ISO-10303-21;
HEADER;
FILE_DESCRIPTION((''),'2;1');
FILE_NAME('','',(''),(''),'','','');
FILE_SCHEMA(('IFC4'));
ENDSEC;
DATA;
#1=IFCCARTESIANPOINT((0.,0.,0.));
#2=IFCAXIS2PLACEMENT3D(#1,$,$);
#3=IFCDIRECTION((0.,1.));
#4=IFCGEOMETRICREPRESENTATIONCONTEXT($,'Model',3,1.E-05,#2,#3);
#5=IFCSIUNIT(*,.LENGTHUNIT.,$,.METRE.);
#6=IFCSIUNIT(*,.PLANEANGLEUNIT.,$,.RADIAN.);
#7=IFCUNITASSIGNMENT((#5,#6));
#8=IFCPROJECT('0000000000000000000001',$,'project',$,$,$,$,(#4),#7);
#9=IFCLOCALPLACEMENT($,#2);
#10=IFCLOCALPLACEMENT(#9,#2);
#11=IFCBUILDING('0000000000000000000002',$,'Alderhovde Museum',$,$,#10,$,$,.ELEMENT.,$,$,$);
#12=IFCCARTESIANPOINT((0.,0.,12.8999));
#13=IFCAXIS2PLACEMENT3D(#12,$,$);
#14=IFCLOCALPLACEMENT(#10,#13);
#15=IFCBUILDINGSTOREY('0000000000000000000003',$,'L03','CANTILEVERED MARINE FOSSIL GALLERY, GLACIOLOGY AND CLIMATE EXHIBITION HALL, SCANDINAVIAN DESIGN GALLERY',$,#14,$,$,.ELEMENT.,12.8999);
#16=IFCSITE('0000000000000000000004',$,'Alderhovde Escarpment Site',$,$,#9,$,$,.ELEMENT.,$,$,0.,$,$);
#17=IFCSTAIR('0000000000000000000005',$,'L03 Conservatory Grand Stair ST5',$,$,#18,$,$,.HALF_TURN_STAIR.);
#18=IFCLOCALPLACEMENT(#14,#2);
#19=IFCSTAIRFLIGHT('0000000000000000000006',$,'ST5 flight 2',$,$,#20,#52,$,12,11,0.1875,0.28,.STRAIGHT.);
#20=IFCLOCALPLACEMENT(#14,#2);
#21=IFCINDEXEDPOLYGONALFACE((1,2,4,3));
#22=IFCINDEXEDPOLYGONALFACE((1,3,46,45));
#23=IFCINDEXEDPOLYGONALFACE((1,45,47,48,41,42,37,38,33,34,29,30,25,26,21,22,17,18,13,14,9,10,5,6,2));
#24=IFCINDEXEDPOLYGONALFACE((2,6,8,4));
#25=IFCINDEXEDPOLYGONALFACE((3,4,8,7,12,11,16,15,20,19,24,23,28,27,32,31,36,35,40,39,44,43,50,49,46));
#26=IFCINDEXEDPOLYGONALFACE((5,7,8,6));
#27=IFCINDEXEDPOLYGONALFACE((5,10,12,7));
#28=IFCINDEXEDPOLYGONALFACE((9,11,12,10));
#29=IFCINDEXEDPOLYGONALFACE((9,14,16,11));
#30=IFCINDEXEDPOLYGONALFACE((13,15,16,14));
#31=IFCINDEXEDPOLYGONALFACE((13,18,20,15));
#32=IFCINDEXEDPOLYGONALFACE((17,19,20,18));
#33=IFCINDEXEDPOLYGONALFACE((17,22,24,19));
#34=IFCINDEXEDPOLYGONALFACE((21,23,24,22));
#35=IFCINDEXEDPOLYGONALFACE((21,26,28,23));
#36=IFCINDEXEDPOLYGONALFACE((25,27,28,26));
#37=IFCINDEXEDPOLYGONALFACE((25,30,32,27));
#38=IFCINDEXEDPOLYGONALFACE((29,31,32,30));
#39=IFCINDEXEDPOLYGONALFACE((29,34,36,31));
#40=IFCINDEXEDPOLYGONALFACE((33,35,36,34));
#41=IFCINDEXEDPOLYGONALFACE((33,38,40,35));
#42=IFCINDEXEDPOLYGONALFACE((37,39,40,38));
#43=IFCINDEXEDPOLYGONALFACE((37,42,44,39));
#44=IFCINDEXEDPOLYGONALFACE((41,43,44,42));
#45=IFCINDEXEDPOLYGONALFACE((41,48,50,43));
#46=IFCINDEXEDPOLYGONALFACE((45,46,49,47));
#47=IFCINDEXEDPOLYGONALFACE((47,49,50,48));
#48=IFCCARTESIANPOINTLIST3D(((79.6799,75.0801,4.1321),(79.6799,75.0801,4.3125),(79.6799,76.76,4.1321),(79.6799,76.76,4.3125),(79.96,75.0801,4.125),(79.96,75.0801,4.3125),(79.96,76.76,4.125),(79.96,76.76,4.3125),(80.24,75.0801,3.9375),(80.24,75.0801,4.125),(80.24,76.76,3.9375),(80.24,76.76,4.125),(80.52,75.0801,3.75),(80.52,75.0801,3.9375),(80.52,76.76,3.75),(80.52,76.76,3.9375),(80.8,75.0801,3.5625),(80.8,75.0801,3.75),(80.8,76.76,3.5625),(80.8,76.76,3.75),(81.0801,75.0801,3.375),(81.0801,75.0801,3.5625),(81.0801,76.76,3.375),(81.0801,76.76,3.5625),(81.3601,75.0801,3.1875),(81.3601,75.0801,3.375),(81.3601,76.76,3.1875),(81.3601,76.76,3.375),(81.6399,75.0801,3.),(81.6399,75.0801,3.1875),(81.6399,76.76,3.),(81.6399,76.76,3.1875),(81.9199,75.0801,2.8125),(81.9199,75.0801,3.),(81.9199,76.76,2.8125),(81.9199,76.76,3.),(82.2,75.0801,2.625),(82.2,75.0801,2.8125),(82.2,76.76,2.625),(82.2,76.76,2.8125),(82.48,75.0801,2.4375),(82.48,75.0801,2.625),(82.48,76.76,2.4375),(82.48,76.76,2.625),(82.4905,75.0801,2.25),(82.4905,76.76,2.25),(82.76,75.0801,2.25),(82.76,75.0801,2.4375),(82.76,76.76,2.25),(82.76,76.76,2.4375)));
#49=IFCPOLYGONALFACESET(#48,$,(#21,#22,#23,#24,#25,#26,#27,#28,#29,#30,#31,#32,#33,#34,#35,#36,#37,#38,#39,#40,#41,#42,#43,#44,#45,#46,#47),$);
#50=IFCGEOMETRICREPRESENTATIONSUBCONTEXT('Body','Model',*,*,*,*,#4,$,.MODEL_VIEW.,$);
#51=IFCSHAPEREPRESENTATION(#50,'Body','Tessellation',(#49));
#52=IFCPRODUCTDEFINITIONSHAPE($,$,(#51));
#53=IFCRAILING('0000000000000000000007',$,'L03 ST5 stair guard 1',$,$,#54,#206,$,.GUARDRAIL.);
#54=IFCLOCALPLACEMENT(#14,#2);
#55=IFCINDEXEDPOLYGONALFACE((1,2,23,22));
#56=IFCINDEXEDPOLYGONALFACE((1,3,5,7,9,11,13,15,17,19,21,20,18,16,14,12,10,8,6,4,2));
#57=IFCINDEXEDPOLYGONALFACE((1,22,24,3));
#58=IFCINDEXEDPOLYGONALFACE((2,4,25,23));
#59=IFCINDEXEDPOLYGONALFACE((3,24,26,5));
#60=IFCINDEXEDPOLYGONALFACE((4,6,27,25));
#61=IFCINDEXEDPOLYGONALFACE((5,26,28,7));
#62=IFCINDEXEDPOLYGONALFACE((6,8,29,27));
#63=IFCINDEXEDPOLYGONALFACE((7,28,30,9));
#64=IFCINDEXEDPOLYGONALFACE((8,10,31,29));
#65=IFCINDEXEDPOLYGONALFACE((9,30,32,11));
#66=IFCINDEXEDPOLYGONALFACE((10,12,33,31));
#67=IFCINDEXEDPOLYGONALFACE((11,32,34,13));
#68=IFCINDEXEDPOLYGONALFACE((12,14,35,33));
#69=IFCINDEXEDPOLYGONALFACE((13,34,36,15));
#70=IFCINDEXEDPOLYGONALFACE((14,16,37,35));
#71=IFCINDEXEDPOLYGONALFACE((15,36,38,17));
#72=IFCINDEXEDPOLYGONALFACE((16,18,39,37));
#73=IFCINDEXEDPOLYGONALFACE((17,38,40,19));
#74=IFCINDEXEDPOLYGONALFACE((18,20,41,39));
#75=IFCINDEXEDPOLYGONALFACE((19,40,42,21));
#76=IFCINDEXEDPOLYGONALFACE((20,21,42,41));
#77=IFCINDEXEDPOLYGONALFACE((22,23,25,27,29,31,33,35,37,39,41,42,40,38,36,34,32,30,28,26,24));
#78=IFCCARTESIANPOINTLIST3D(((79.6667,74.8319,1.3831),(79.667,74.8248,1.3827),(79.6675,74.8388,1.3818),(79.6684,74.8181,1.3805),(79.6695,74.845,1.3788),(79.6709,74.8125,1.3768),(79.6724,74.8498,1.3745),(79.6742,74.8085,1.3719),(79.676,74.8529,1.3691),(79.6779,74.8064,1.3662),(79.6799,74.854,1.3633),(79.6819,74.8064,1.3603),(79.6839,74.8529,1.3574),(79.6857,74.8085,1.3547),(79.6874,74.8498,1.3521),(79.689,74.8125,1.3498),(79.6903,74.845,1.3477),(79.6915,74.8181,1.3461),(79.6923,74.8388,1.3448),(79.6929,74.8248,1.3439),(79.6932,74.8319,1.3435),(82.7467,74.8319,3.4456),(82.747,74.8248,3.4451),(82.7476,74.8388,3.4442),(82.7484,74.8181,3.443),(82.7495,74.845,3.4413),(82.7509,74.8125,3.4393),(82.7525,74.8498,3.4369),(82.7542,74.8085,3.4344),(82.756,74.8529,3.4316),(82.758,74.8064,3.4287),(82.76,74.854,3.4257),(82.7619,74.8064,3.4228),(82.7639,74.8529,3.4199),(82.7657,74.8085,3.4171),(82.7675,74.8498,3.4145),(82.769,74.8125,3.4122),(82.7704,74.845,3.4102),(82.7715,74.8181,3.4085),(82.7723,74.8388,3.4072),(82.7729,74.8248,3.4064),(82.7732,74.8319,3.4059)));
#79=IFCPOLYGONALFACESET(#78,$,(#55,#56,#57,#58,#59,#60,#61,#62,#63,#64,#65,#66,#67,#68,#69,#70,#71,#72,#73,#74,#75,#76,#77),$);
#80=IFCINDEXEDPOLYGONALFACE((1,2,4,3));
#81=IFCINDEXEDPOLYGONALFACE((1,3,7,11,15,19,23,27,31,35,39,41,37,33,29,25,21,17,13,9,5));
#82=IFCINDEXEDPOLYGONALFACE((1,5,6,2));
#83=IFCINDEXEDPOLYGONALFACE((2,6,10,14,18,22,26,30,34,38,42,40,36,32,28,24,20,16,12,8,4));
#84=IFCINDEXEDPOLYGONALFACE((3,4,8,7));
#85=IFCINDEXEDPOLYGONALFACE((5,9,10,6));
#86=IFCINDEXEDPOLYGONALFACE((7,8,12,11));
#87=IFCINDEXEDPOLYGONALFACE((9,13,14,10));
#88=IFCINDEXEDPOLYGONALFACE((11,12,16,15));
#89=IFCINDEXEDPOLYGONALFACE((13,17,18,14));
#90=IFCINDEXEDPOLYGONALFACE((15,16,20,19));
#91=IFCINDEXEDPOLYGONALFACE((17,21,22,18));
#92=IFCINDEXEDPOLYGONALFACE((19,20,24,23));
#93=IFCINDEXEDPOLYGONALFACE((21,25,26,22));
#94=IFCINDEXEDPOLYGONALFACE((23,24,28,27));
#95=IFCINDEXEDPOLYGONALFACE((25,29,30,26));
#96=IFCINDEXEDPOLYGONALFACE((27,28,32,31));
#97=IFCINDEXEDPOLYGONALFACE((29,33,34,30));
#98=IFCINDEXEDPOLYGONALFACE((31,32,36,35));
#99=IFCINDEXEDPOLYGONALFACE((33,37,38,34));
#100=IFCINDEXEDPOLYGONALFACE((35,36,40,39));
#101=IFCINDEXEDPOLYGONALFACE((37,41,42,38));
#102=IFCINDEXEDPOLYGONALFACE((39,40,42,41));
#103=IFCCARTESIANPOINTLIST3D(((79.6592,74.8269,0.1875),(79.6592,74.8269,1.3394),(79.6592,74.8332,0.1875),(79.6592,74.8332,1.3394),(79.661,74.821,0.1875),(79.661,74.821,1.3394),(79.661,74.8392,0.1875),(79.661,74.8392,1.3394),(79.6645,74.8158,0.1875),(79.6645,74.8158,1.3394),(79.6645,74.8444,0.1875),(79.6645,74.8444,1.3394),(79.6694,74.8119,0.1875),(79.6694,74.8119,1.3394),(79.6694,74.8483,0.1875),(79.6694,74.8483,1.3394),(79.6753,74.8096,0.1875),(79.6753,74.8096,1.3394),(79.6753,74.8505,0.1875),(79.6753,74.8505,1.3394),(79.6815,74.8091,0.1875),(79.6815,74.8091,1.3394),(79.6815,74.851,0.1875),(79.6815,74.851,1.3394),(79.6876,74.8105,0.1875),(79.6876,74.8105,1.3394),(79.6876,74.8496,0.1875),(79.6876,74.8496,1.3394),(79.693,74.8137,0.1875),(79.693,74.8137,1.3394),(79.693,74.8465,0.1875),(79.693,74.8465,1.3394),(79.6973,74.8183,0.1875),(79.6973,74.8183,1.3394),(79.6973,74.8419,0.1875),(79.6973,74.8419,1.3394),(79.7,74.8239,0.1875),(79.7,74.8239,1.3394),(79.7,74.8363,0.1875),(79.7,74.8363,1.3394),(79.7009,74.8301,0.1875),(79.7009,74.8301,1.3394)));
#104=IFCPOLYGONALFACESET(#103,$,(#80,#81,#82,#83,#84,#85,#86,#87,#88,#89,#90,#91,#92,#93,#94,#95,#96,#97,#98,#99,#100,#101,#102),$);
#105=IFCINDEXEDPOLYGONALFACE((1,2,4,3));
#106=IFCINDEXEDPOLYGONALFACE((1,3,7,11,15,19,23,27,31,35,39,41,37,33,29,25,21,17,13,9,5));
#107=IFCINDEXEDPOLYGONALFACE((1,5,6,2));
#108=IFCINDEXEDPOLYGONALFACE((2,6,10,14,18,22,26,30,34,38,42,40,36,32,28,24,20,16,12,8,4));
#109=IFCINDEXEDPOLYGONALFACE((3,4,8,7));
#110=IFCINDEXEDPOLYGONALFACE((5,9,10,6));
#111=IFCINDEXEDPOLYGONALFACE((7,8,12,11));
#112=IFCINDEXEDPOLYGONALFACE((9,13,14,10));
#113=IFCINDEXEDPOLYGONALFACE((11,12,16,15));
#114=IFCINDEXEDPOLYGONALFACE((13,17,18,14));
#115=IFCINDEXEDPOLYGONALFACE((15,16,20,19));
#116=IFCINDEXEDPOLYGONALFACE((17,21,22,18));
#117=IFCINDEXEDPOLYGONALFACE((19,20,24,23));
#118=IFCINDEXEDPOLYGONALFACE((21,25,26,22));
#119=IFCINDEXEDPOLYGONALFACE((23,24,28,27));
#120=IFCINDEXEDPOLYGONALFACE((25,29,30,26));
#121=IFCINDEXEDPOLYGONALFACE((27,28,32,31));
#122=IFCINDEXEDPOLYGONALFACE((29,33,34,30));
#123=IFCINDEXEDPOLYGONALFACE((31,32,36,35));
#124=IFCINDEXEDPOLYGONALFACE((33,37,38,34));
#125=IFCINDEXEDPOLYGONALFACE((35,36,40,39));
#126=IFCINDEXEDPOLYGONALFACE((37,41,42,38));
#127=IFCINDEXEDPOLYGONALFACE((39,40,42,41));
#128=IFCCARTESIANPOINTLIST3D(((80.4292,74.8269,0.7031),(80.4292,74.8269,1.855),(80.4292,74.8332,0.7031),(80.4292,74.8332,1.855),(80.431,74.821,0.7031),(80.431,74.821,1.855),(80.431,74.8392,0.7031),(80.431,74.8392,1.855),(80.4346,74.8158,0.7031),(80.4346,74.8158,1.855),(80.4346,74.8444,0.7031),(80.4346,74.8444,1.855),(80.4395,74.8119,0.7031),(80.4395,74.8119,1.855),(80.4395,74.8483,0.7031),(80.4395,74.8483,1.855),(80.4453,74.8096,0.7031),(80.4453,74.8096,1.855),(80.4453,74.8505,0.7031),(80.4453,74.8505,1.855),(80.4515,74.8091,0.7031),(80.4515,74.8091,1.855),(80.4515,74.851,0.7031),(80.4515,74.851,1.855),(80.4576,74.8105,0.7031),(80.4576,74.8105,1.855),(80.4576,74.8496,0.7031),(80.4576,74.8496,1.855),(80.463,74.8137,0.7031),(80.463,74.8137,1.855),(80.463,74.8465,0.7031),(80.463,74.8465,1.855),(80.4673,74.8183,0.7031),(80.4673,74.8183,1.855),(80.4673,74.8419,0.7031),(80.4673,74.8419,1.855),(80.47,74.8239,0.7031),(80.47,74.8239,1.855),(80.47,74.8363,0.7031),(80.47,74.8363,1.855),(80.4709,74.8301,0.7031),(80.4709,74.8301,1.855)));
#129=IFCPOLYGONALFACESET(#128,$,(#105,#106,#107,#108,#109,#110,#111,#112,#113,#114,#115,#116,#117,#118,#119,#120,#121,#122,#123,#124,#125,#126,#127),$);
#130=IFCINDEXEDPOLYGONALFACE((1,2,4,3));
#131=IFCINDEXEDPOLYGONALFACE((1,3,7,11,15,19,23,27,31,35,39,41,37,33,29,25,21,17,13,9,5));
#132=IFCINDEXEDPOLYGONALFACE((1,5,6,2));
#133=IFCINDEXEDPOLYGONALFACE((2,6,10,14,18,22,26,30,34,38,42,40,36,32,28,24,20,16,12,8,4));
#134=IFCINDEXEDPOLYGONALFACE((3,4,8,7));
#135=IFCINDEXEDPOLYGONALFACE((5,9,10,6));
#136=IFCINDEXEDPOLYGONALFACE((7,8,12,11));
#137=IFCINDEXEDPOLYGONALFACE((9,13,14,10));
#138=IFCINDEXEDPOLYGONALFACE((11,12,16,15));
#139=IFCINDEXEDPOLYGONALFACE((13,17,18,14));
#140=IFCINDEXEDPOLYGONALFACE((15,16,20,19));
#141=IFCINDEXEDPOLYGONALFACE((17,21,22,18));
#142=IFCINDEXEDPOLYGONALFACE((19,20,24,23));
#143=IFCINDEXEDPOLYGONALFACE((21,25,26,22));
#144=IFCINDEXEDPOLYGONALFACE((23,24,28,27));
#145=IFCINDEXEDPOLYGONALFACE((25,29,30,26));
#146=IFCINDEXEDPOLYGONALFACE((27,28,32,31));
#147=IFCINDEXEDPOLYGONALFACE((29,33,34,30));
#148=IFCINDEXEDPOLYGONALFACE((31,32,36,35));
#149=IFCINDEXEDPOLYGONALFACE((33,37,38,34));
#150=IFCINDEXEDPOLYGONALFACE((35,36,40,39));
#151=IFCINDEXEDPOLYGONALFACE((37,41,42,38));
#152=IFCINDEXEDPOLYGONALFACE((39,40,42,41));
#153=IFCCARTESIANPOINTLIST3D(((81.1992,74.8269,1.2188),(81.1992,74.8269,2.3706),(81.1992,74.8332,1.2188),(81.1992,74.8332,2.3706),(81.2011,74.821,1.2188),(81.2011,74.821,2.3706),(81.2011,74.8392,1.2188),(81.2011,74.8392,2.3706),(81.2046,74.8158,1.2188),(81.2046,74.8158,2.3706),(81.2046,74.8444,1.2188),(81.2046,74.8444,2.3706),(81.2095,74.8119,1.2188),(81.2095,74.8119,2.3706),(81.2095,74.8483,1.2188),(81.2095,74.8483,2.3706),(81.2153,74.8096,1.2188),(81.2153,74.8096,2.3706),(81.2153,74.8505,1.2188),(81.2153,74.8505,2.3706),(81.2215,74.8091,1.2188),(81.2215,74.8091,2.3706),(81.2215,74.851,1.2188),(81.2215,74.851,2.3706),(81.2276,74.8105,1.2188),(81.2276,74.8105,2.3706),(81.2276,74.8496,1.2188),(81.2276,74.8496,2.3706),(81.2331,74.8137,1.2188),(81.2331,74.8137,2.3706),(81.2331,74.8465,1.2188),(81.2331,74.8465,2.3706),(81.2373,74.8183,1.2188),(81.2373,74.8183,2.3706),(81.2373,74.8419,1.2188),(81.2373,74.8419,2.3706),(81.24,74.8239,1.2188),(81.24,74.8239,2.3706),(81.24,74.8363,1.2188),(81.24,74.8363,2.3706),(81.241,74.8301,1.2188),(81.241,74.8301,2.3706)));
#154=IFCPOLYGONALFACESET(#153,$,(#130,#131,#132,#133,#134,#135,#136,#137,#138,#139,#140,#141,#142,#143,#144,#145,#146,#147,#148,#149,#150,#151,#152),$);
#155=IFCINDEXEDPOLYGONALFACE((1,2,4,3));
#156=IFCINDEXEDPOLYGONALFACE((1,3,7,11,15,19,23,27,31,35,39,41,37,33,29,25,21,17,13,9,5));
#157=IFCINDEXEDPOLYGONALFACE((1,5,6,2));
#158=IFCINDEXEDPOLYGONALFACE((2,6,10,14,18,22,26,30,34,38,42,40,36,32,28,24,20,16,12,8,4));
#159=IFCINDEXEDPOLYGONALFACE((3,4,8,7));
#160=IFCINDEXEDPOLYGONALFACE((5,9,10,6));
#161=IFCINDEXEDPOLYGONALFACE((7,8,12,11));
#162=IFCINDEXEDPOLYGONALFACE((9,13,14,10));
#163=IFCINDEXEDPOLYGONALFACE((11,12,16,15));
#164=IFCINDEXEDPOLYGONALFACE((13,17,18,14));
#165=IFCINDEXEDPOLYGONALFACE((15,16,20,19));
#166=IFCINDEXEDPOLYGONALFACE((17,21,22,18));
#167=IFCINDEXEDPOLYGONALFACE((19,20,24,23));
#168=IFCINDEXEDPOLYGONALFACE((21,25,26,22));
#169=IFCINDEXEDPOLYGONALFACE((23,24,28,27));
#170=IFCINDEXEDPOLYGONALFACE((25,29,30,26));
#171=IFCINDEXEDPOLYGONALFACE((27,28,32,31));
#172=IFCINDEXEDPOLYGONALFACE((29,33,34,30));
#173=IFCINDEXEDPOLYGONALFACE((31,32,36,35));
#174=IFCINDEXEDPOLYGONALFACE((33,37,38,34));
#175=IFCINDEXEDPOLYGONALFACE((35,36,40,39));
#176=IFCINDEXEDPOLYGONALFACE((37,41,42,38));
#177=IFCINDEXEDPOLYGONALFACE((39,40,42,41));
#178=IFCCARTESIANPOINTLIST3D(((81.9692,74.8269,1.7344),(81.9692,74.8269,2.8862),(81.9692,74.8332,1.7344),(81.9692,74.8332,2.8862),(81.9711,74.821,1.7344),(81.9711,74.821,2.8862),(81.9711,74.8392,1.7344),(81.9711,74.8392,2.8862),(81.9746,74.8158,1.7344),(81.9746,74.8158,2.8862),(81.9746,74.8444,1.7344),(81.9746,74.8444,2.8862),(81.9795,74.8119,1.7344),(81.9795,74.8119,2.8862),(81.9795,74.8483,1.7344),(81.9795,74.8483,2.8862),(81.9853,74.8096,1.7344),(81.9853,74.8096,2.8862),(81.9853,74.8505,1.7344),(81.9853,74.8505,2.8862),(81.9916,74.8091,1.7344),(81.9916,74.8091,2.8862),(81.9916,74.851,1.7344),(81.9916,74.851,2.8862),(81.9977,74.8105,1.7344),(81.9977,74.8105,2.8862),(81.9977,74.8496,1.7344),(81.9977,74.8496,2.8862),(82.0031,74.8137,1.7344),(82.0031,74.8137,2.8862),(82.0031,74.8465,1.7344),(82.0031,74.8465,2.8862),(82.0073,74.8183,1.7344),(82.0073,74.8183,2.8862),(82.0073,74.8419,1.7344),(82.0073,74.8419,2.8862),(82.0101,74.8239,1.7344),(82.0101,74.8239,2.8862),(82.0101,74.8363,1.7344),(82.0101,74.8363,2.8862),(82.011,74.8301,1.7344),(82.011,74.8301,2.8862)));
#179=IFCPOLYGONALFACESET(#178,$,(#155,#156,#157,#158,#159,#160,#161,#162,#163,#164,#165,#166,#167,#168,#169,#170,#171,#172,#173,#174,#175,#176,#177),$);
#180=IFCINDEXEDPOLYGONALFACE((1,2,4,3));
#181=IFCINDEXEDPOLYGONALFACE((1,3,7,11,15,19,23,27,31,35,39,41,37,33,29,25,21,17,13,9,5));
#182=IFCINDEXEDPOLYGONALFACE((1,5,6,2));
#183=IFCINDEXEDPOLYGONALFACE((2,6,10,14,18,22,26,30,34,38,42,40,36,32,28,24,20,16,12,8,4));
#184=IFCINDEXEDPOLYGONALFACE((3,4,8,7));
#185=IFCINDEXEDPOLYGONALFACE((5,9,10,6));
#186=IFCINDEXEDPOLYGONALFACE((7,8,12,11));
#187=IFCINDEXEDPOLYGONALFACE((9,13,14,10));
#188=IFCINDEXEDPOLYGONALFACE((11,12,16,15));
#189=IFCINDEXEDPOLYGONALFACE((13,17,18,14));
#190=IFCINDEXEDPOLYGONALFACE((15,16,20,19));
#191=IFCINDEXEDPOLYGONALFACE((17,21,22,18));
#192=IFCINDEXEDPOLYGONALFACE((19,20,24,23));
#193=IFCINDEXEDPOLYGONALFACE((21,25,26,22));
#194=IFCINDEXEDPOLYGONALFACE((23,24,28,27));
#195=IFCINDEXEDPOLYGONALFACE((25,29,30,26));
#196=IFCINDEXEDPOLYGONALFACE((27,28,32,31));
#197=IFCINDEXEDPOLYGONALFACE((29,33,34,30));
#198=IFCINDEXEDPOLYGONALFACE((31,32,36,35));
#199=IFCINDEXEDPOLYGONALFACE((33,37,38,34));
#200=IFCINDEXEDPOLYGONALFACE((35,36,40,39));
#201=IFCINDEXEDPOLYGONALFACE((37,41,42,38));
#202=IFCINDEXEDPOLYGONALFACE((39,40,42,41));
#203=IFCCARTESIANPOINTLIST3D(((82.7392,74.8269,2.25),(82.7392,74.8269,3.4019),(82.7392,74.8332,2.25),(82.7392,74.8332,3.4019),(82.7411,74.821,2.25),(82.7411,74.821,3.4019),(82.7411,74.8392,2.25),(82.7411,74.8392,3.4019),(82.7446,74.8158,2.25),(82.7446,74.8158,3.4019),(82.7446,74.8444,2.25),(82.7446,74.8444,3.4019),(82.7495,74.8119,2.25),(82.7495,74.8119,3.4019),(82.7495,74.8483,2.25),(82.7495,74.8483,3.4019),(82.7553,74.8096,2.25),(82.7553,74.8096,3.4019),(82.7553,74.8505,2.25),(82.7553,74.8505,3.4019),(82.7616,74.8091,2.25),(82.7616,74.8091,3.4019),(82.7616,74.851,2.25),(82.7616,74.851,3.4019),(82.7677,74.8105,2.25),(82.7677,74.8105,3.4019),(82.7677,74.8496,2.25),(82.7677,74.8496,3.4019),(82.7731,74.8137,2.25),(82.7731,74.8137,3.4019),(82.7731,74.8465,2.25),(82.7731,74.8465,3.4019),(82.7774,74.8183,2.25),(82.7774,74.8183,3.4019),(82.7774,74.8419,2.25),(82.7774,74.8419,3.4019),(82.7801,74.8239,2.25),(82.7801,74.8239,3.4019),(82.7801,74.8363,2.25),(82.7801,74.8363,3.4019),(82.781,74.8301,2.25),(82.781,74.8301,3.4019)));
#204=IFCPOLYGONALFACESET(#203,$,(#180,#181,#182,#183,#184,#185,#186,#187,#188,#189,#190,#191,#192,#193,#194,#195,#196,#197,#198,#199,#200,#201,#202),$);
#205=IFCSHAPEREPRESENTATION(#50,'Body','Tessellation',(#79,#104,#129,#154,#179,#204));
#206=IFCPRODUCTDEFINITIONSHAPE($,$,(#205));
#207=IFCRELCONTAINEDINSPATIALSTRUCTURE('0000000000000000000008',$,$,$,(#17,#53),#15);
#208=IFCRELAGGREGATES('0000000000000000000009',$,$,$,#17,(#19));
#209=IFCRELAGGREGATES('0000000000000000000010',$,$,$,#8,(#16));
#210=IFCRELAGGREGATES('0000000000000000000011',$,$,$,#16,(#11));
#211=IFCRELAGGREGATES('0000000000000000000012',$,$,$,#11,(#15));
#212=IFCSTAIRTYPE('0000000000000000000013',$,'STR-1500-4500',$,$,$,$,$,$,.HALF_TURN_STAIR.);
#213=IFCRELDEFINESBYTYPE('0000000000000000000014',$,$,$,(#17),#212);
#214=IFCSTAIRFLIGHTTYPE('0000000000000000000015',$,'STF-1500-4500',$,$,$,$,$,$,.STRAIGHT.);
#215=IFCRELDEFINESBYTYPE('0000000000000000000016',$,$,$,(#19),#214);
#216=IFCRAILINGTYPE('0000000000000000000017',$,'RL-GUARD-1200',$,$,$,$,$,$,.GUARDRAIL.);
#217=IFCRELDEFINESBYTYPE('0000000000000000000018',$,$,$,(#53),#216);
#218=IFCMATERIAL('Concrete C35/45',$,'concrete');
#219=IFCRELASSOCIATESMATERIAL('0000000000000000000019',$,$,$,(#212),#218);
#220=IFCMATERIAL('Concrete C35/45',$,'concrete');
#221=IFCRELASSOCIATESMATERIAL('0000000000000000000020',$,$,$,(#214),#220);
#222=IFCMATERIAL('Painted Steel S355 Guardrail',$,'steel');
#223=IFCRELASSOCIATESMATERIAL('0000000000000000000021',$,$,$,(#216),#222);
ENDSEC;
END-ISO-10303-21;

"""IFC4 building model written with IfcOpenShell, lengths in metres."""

from ifc_helpers import new_model, si_unit, direction, frame, origin, origin_2d, place, context, subcontext, project, spatial, polyline, circle, outline, extrude, material, type_object, element, aggregate, save


model = new_model("IFC4")

# Units and contexts
model_context = context("Model", 3, precision=1e-05, world=origin(), true_north=direction((0.0, 1.0)))
body_context = subcontext(model_context, "Body", "Model", "MODEL_VIEW")
ifc_project = project(units=[si_unit("LENGTHUNIT", "METRE"), si_unit("PLANEANGLEUNIT", "RADIAN")], contexts=[model_context])

# Site, building, storey
site_placement = place(None, origin())
site = spatial("IfcSite", under=ifc_project, at=site_placement, Name="Alderhovde Escarpment Site", CompositionType="ELEMENT", RefElevation=0.0)
building_placement = place(site_placement, origin())
building = spatial("IfcBuilding", under=site, at=building_placement, Name="Alderhovde Museum", CompositionType="ELEMENT")
storey_placement = place(building_placement, frame((0.0, 0.0, 12.8999)))
storey = spatial("IfcBuildingStorey", under=building, at=storey_placement, Name="L03", Description="CANTILEVERED MARINE FOSSIL GALLERY, GLACIOLOGY AND CLIMATE EXHIBITION HALL, SCANDINAVIAN DESIGN GALLERY", CompositionType="ELEMENT", Elevation=12.8999)

# Stair, stair flight
ifc_material_1 = material(Name="Concrete C35/45", Category="concrete")
stair_type = type_object("IfcStairType", Name="STR-1500-4500", PredefinedType="HALF_TURN_STAIR", material=ifc_material_1)
stair_placement = place(storey_placement, origin())
stair = element("IfcStair", 1, at=stair_placement, inside=storey, type_object=stair_type, Name="L03 Conservatory Grand Stair ST5", PredefinedType="HALF_TURN_STAIR")
ifc_material_2 = material(Name="Concrete C35/45", Category="concrete")
stair_flight_type = type_object("IfcStairFlightType", Name="STF-1500-4500", PredefinedType="STRAIGHT", material=ifc_material_2)
stair_flight_1_placement = place(storey_placement, frame((82.76, 75.9199, 2.25), z_axis=(0.0, 0.0, 1.0), x_axis=(-1.0, 0.0, 0.0)))
stair_flight_1 = element("IfcStairFlight", 2, at=stair_flight_1_placement, type_object=stair_flight_type, Name="ST5 flight 2", NumberOfRisers=12, NumberOfTreads=11, PredefinedType="STRAIGHT", RiserHeight=0.1875, TreadLength=0.28, context=body_context, shape_type="SweptSolid", body=[
    extrude(outline(polyline([(0.0, 0.0), (0.0, 0.1875), (0.28, 0.1875), (0.28, 0.375), (0.5601, 0.375), (0.5601, 0.5625), (0.8401, 0.5625), (0.8401, 0.75), (1.1201, 0.75), (1.1201, 0.9375), (1.3999, 0.9375), (1.3999, 1.125), (1.6799, 1.125), (1.6799, 1.3125), (1.96, 1.3125), (1.96, 1.5), (2.24, 1.5), (2.24, 1.6875), (2.52, 1.6875), (2.52, 1.875), (2.8, 1.875), (2.8, 2.0625), (3.0801, 2.0625), (3.0801, 2.25), (3.0801, 1.8821), (0.2695, 0.0), (0.0, 0.0)])), frame((0.0, 0.8398, 0.0), z_axis=(0.0, -1.0, 0.0), x_axis=(1.0, 0.0, 0.0)), (0.0, 0.0, 1.0), 1.6799),
])
aggregate(stair, [stair_flight_1])

# Railing
ifc_material_3 = material(Name="Painted Steel S355 Guardrail", Category="steel")
railing_type_1 = type_object("IfcRailingType", Name="RL-GUARD-1200", PredefinedType="GUARDRAIL", material=ifc_material_3)
railing_1_placement = place(storey_placement, frame((79.6799, 74.8301, 0.1875)))
element("IfcRailing", 3, at=railing_1_placement, inside=storey, type_object=railing_type_1, Name="L03 ST5 stair guard 1", PredefinedType="GUARDRAIL", context=body_context, shape_type="SweptSolid", body=[
    extrude(circle(Radius=0.0239, at=origin_2d()), frame((0.0, 0.0, 1.1758), z_axis=(0.830914, 0.0, 0.556401), x_axis=(0.0, 1.0, 0.0)), (0.0, 0.0, 1.0), 3.7068),
    extrude(circle(Radius=0.021, at=origin_2d()), origin(), (0.0, 0.0, 1.0), 1.1519),
    extrude(circle(Radius=0.021, at=origin_2d()), frame((0.77, 0.0, 0.5156)), (0.0, 0.0, 1.0), 1.1519),
    extrude(circle(Radius=0.021, at=origin_2d()), frame((1.54, 0.0, 1.0312)), (0.0, 0.0, 1.0), 1.1519),
    extrude(circle(Radius=0.021, at=origin_2d()), frame((2.3101, 0.0, 1.5469)), (0.0, 0.0, 1.0), 1.1519),
    extrude(circle(Radius=0.021, at=origin_2d()), frame((3.0801, 0.0, 2.0625)), (0.0, 0.0, 1.0), 1.1519),
])

save(model, "model.ifc")
